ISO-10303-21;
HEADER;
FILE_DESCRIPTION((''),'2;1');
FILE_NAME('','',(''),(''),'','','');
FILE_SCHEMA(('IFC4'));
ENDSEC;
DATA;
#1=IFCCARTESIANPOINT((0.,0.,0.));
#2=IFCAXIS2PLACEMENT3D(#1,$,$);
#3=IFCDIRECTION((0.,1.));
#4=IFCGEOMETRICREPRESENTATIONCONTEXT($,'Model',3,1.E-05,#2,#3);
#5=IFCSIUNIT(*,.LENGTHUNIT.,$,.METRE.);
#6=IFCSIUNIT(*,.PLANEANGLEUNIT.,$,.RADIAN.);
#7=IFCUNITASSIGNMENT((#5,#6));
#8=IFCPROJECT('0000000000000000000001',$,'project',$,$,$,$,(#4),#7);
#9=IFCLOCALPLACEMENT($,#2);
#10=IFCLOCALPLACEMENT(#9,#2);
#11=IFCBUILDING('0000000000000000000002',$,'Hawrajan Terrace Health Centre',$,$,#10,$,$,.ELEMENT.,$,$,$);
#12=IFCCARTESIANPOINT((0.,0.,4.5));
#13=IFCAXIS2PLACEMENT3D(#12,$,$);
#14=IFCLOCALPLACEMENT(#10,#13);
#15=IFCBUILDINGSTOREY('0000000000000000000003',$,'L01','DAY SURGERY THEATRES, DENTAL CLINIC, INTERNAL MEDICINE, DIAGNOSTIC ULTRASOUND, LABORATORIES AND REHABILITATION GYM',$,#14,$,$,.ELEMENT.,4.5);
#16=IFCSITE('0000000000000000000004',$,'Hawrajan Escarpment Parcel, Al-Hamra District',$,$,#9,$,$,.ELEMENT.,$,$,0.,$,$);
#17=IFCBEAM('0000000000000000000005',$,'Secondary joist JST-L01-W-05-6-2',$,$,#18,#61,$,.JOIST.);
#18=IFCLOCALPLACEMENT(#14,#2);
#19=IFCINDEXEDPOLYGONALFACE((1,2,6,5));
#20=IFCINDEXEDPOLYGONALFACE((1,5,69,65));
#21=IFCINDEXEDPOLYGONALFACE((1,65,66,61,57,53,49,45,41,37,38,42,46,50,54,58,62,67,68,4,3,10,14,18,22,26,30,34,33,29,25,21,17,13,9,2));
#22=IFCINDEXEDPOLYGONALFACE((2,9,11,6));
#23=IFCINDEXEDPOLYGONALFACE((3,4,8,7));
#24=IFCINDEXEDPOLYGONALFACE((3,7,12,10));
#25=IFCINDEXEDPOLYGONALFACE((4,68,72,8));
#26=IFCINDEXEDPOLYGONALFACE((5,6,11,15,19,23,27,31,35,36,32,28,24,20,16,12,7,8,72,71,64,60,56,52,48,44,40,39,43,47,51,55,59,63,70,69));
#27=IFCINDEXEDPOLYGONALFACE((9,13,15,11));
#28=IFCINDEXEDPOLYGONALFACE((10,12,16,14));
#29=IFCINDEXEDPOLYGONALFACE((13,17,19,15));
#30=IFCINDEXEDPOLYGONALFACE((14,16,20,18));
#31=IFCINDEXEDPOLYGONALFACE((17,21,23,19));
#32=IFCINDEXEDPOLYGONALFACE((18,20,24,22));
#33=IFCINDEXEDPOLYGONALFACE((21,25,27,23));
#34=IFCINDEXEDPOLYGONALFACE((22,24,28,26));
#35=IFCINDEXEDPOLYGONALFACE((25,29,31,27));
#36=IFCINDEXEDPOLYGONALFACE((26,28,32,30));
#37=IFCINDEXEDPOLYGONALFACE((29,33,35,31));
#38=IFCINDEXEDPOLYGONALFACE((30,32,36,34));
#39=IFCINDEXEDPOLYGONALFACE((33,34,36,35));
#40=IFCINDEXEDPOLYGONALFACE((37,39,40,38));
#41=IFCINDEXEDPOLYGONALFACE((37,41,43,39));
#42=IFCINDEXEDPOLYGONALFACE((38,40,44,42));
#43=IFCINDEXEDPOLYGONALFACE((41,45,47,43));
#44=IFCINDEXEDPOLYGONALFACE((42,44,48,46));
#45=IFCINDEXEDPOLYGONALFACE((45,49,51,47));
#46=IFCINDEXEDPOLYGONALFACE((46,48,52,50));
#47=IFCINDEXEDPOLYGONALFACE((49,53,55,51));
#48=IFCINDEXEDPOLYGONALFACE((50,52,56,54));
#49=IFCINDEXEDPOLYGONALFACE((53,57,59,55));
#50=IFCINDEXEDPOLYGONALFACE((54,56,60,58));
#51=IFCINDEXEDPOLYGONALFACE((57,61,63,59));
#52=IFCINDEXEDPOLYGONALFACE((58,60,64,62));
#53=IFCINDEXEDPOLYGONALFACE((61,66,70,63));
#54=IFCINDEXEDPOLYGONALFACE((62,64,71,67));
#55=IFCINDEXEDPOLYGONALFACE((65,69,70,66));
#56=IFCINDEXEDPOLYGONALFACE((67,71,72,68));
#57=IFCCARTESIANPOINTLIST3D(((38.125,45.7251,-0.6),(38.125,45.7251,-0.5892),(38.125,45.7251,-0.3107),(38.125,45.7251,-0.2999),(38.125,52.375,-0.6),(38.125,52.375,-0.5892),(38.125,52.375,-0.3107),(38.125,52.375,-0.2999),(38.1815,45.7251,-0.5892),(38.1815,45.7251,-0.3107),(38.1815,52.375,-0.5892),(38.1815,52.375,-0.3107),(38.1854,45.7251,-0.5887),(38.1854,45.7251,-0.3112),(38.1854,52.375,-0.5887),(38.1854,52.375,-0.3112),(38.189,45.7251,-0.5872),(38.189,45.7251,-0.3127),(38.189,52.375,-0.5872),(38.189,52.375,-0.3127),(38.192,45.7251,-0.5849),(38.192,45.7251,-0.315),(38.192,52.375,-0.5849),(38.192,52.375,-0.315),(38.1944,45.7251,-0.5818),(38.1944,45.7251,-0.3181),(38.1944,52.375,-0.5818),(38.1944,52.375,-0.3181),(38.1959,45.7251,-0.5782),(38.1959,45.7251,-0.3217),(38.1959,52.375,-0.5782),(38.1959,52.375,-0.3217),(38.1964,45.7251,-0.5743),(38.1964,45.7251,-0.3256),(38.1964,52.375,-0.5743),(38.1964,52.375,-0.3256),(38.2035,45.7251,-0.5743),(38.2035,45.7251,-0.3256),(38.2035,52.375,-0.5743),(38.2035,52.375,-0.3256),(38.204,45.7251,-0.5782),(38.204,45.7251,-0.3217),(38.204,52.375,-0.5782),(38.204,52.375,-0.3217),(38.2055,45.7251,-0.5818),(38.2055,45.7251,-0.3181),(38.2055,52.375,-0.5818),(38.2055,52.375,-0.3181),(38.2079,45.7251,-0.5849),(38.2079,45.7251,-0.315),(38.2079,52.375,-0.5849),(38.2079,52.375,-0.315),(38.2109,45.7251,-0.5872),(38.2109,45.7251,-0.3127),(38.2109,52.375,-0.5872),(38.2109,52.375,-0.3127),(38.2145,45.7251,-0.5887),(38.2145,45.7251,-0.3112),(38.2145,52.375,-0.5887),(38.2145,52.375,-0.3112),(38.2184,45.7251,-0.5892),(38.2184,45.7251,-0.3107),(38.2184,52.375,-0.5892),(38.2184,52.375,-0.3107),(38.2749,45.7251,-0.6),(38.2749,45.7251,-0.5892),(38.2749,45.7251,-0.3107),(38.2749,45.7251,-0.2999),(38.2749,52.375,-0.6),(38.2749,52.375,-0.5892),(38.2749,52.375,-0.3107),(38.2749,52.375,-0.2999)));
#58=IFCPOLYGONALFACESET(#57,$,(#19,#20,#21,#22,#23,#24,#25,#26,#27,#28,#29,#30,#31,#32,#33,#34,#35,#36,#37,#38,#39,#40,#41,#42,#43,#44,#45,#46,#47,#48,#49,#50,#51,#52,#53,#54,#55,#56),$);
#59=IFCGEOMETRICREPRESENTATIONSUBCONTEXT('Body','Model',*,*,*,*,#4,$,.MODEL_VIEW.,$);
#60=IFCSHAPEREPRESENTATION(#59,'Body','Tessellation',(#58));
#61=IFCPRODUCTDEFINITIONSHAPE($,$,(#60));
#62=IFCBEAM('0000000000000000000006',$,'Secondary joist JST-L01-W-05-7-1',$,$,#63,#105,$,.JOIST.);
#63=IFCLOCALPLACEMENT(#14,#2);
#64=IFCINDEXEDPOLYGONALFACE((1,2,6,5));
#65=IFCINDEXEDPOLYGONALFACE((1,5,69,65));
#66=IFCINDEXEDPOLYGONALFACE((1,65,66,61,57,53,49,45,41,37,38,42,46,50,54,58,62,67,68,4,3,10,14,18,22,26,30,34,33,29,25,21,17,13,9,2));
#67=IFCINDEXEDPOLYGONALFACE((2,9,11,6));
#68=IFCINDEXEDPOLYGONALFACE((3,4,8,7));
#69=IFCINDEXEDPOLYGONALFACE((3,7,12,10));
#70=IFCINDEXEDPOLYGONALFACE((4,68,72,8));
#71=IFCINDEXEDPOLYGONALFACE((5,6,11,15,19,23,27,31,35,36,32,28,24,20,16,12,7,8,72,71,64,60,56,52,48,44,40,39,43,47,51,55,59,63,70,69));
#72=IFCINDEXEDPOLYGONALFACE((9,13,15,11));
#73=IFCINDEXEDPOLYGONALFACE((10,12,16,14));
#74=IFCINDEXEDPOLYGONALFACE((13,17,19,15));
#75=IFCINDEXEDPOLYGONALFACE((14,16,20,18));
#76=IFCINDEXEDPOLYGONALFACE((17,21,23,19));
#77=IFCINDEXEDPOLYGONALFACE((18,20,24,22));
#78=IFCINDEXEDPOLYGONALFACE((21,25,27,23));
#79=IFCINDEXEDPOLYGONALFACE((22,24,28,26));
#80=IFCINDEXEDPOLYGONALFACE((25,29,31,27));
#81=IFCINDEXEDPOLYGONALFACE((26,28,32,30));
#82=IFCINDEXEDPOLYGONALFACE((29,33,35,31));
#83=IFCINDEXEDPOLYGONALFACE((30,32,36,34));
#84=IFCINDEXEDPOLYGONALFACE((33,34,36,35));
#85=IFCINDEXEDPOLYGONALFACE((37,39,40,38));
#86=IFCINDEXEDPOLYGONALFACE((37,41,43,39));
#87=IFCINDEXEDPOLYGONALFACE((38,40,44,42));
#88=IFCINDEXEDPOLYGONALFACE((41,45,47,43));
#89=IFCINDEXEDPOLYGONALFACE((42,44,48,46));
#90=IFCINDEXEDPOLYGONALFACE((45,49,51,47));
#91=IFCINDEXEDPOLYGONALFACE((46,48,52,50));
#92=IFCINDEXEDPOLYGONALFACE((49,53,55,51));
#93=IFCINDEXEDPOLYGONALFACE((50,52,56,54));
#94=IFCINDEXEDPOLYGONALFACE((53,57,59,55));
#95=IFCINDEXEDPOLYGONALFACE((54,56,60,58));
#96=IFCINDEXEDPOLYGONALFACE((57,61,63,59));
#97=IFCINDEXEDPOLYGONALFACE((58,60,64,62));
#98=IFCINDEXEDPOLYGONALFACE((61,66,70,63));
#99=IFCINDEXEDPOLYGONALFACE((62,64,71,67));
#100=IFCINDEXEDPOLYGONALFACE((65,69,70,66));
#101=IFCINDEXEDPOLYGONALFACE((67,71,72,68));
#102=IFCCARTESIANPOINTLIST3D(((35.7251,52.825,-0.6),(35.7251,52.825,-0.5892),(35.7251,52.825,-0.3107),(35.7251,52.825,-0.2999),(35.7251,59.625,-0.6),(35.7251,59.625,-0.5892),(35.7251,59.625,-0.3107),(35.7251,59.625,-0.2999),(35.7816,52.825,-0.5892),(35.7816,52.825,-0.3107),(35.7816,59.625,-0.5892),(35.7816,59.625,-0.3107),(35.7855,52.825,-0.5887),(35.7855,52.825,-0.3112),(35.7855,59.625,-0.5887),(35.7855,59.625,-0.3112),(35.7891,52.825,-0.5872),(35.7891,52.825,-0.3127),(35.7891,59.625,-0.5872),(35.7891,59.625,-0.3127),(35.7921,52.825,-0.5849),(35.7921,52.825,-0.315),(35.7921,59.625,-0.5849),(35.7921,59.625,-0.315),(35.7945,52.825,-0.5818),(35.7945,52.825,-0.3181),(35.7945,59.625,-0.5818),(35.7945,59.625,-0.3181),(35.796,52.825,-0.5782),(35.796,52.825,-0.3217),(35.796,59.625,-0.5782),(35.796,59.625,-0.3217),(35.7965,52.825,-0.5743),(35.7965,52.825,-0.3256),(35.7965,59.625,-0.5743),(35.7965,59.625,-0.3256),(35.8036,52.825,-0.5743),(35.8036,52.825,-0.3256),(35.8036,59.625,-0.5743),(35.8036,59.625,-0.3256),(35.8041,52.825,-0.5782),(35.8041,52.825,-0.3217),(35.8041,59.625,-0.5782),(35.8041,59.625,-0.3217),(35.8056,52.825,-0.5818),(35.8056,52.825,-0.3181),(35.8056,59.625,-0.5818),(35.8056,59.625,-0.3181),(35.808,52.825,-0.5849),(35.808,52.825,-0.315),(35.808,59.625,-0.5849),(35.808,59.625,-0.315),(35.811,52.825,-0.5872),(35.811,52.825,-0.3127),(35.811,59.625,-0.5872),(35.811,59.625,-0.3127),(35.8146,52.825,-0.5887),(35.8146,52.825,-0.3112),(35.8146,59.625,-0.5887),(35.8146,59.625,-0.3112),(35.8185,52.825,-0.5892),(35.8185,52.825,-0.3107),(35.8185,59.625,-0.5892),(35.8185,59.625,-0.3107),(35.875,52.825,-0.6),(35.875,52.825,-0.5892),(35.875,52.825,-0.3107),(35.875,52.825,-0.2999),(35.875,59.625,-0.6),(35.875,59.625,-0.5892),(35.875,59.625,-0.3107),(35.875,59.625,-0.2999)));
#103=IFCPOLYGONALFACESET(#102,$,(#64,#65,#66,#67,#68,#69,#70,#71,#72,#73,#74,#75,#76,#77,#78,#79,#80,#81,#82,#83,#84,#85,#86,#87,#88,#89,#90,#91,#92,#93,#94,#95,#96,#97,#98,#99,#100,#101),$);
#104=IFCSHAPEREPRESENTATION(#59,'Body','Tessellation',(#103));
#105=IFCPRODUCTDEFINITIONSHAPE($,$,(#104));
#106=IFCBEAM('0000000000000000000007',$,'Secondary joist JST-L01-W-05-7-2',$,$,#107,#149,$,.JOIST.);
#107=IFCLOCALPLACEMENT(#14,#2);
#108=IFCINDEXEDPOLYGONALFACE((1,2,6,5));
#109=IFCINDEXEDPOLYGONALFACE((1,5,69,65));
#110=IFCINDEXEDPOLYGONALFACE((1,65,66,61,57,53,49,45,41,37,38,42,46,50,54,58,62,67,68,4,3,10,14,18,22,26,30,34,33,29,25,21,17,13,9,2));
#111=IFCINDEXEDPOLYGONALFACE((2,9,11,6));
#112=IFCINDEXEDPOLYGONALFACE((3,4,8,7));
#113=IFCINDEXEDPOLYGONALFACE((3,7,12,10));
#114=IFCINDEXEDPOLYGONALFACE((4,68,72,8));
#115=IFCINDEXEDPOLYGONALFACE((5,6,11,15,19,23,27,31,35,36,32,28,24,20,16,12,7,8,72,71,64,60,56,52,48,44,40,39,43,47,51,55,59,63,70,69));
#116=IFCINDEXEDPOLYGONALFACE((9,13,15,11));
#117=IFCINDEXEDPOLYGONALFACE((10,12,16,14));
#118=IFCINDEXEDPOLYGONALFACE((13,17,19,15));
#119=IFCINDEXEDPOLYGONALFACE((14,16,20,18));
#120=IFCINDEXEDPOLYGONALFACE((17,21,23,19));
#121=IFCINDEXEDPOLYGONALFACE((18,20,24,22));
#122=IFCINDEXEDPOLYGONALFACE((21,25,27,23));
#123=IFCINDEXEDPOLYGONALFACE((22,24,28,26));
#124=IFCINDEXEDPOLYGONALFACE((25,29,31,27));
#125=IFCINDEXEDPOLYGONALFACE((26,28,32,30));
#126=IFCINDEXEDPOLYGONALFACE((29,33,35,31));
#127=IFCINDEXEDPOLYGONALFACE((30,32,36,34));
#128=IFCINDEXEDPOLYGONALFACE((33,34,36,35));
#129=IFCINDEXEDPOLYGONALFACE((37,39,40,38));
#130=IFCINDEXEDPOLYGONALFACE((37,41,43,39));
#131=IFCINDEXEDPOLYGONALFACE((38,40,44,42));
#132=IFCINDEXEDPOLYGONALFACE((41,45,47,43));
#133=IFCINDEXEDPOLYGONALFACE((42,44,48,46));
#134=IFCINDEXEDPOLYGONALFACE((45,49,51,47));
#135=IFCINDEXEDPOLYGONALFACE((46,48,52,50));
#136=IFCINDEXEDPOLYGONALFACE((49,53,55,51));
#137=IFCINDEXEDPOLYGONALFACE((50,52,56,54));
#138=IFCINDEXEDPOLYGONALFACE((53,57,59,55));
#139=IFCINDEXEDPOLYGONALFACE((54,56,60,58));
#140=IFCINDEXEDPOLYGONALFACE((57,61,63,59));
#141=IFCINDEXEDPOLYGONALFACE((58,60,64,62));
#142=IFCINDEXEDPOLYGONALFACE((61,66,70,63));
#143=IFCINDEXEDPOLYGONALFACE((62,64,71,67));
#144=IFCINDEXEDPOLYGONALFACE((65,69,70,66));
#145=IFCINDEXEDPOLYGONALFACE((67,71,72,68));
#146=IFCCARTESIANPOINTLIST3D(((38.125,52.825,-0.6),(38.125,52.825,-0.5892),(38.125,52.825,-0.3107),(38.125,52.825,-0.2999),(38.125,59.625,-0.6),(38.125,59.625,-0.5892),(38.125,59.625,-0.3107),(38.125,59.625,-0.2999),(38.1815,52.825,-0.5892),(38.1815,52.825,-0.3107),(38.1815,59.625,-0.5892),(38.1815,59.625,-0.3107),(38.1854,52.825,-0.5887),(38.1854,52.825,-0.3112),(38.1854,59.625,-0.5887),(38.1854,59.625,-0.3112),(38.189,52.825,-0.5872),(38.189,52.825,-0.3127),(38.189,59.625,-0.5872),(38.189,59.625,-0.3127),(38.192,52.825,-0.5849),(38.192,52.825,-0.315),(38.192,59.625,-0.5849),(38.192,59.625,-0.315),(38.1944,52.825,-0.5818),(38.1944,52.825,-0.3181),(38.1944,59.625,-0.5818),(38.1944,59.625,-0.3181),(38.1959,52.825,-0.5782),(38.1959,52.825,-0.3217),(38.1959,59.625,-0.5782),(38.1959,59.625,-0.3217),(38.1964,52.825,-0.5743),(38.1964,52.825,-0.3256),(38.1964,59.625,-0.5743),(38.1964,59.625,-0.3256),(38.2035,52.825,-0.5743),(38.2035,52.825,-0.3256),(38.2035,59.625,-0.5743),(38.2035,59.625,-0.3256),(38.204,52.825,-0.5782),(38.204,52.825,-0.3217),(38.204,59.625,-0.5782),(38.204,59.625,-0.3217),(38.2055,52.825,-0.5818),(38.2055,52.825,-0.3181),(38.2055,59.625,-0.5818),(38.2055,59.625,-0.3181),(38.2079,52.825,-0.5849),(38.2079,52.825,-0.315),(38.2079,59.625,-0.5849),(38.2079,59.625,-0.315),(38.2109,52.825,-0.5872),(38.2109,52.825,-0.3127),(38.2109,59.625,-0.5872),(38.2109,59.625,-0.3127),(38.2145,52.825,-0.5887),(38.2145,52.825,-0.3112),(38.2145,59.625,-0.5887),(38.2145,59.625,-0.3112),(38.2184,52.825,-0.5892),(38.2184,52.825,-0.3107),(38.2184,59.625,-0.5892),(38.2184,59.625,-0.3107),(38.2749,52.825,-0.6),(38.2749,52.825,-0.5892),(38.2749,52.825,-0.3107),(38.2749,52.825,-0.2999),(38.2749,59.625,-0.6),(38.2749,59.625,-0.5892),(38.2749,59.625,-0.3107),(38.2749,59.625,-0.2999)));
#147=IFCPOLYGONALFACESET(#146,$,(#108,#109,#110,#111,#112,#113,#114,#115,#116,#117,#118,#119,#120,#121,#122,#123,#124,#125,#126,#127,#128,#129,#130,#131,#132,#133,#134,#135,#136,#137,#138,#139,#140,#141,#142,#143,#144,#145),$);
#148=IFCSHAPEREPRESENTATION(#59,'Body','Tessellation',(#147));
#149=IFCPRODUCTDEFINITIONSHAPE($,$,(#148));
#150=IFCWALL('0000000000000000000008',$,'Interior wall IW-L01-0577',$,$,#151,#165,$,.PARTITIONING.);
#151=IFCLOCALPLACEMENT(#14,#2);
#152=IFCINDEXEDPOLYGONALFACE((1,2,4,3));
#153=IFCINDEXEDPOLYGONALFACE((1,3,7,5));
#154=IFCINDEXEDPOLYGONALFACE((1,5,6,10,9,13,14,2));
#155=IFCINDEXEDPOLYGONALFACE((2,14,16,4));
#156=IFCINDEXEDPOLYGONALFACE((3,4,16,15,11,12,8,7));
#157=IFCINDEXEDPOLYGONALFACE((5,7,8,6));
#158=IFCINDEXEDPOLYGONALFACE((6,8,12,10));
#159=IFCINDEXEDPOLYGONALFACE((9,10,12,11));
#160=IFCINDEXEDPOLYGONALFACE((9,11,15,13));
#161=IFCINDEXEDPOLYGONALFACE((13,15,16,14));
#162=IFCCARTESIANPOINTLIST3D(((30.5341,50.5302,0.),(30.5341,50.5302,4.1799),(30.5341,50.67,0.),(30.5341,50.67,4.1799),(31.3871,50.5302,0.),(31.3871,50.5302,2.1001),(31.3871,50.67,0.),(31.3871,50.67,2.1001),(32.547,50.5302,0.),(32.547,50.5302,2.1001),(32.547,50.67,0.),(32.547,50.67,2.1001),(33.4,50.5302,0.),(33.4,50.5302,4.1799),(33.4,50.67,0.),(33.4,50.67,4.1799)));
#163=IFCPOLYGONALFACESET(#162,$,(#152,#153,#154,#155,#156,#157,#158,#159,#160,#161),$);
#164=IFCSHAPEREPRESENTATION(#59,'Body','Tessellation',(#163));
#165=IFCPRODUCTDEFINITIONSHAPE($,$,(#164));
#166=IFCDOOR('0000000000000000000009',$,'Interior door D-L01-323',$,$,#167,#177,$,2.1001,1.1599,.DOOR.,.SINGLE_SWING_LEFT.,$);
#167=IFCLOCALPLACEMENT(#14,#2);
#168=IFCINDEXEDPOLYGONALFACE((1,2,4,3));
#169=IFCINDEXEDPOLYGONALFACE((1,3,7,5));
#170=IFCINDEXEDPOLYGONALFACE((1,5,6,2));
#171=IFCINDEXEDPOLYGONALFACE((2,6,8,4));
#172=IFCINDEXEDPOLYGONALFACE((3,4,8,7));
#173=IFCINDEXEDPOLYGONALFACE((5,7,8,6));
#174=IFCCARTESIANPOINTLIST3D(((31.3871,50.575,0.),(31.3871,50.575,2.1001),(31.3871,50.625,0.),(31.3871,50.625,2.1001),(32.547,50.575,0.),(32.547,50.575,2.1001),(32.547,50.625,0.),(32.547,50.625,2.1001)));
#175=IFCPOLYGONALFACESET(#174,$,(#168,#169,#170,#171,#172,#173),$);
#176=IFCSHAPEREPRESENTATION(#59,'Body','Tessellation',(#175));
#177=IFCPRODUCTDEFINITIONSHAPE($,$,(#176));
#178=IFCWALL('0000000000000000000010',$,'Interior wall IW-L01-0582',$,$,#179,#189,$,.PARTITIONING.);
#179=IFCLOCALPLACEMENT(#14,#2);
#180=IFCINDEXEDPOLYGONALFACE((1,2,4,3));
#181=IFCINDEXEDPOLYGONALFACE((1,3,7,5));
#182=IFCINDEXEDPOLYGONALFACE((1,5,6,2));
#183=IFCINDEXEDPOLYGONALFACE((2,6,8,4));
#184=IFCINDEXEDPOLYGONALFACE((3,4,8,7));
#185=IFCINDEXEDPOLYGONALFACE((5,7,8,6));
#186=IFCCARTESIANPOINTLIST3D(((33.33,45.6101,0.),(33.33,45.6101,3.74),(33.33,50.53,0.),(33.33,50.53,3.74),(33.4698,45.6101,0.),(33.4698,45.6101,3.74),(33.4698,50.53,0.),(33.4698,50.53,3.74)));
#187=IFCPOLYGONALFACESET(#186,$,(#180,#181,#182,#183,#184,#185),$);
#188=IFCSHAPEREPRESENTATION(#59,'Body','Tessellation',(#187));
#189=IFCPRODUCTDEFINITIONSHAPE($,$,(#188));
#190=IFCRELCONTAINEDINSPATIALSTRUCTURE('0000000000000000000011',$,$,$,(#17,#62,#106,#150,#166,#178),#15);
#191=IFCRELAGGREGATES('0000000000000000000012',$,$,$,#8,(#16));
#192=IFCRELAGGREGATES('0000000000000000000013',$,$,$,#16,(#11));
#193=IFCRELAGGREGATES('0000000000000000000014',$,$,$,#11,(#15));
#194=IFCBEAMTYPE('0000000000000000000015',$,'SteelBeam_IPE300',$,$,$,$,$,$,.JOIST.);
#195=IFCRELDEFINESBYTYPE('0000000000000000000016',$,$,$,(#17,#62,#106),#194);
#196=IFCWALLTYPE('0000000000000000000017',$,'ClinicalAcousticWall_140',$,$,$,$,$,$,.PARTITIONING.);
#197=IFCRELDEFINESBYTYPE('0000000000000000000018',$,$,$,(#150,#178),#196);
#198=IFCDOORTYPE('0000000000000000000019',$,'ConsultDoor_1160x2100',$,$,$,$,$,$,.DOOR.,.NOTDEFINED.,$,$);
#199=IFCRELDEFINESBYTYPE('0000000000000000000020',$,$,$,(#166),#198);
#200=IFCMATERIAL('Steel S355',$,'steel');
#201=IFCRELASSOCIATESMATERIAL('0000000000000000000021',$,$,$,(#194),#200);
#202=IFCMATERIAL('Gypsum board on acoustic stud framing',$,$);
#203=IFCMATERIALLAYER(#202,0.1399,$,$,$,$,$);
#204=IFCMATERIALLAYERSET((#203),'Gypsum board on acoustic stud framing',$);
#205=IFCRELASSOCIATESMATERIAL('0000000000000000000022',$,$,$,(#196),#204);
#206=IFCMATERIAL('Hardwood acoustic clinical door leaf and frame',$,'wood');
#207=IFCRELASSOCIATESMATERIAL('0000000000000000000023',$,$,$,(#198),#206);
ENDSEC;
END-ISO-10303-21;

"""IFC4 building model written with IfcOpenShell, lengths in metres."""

from ifc_helpers import new_model, si_unit, direction, frame, frame_2d, origin, origin_2d, place, context, subcontext, project, spatial, rectangle, i_section, extrude, material, layer, layer_set, material_profile, profile_set, type_object, element, fill, save


model = new_model("IFC4")

# Units and contexts
model_context = context("Model", 3, precision=1e-05, world=origin(), true_north=direction((0.0, 1.0)))
body_context = subcontext(model_context, "Body", "Model", "MODEL_VIEW")
ifc_project = project(units=[si_unit("LENGTHUNIT", "METRE"), si_unit("PLANEANGLEUNIT", "RADIAN")], contexts=[model_context])

# Site, building, storey
site_placement = place(None, origin())
site = spatial("IfcSite", under=ifc_project, at=site_placement, Name="Hawrajan Escarpment Parcel, Al-Hamra District", CompositionType="ELEMENT", RefElevation=0.0)
building_placement = place(site_placement, origin())
building = spatial("IfcBuilding", under=site, at=building_placement, Name="Hawrajan Terrace Health Centre", CompositionType="ELEMENT")
storey_placement = place(building_placement, frame((0.0, 0.0, 4.5)))
storey = spatial("IfcBuildingStorey", under=building, at=storey_placement, Name="L01", Description="DAY SURGERY THEATRES, DENTAL CLINIC, INTERNAL MEDICINE, DIAGNOSTIC ULTRASOUND, LABORATORIES AND REHABILITATION GYM", CompositionType="ELEMENT", Elevation=4.5)

# Beams
ifc_material_1 = material(Name="Steel S355", Category="steel")
ifc_material_profile_1 = material_profile(ifc_material_1, i_section(OverallWidth=0.1499, OverallDepth=0.3, WebThickness=0.0071, FlangeThickness=0.0107, FilletRadius=0.0149, at=origin_2d()), Name="IPE 300")
ifc_profile_set_1 = profile_set([ifc_material_profile_1], Name="Steel S355")
beam_type_1 = type_object("IfcBeamType", Name="SteelBeam_IPE300", PredefinedType="JOIST", material=ifc_profile_set_1)
for number, where, z_axis, x_axis, name in (
    (1, (38.2, 45.7251, -0.45), (0.0, 1.0, 0.0), (-1.0, 0.0, 0.0), "Secondary joist JST-L01-W-05-6-2"),
):
    element("IfcBeam", number, at=place(storey_placement, frame(where, z_axis=z_axis, x_axis=x_axis)), inside=storey, type_object=beam_type_1, Name=name, PredefinedType="JOIST", context=body_context, shape_type="SweptSolid", body=[
        extrude(i_section(OverallWidth=0.1499, OverallDepth=0.3, WebThickness=0.0071, FlangeThickness=0.0107, FilletRadius=0.0149, at=origin_2d()), origin(), (0.0, 0.0, 1.0), 6.6499),
    ])
for number, where, z_axis, x_axis, name in (
    (2, (35.8, 52.825, -0.45), (0.0, 1.0, 0.0), (-1.0, 0.0, 0.0), "Secondary joist JST-L01-W-05-7-1"),
    (3, (38.2, 52.825, -0.45), (0.0, 1.0, 0.0), (-1.0, 0.0, 0.0), "Secondary joist JST-L01-W-05-7-2"),
):
    element("IfcBeam", number, at=place(storey_placement, frame(where, z_axis=z_axis, x_axis=x_axis)), inside=storey, type_object=beam_type_1, Name=name, PredefinedType="JOIST", context=body_context, shape_type="SweptSolid", body=[
        extrude(i_section(OverallWidth=0.1499, OverallDepth=0.3, WebThickness=0.0071, FlangeThickness=0.0107, FilletRadius=0.0149, at=origin_2d()), origin(), (0.0, 0.0, 1.0), 6.8),
    ])

# Wall, opening, door
ifc_material_2 = material(Name="Gypsum board on acoustic stud framing")
ifc_layer_1 = layer(ifc_material_2, 0.1399)
ifc_layer_set_1 = layer_set([ifc_layer_1], Name="Gypsum board on acoustic stud framing")
wall_type_1 = type_object("IfcWallType", Name="ClinicalAcousticWall_140", PredefinedType="PARTITIONING", material=ifc_layer_set_1)
wall_1_placement = place(storey_placement, frame((30.5339, 50.6001, 0.0), z_axis=(0.0, 0.0, 1.0), x_axis=(1.0, 0.0, 0.0)))
wall_1 = element("IfcWall", 4, at=wall_1_placement, inside=storey, type_object=wall_type_1, Name="Interior wall IW-L01-0577", PredefinedType="PARTITIONING", context=body_context, shape_type="SweptSolid", body=[
    extrude(rectangle(XDim=2.866, YDim=0.1399, at=frame_2d((1.4331, 0.0))), origin(), (0.0, 0.0, 1.0), 4.1799),
])
opening_1_placement = place(wall_1_placement, frame((0.853, 0.0, 0.0)))
opening_1 = element("IfcOpeningElement", 5, at=opening_1_placement, cuts=wall_1, PredefinedType="OPENING", context=body_context, shape_type="SweptSolid", body=[
    extrude(rectangle(XDim=1.1599, YDim=2.1001, at=frame_2d((0.5801, 1.05))), frame((0.0, 0.0798, 0.0), z_axis=(0.0, -1.0, 0.0), x_axis=(1.0, 0.0, 0.0)), (0.0, 0.0, 1.0), 0.1599),
])
ifc_material_3 = material(Name="Hardwood acoustic clinical door leaf and frame", Category="wood")
door_type_1 = type_object("IfcDoorType", Name="ConsultDoor_1160x2100", OperationType="NOTDEFINED", PredefinedType="DOOR", material=ifc_material_3)
door_1_placement = place(opening_1_placement, origin())
door_1 = element("IfcDoor", 6, at=door_1_placement, inside=storey, type_object=door_type_1, Name="Interior door D-L01-323", OperationType="SINGLE_SWING_LEFT", OverallHeight=2.1001, OverallWidth=1.1599, PredefinedType="DOOR", context=body_context, shape_type="SweptSolid", body=[
    extrude(rectangle(XDim=1.1599, YDim=2.1001, at=frame_2d((0.5801, 1.05))), frame((0.0, 0.0249, 0.0), z_axis=(0.0, -1.0, 0.0), x_axis=(1.0, 0.0, 0.0)), (0.0, 0.0, 1.0), 0.05),
])
fill(opening_1, door_1)

# Wall
wall_2_placement = place(storey_placement, frame((33.3999, 45.6101, 0.0), z_axis=(0.0, 0.0, 1.0), x_axis=(0.0, 1.0, 0.0)))
element("IfcWall", 7, at=wall_2_placement, inside=storey, type_object=wall_type_1, Name="Interior wall IW-L01-0582", PredefinedType="PARTITIONING", context=body_context, shape_type="SweptSolid", body=[
    extrude(rectangle(XDim=4.9199, YDim=0.1399, at=frame_2d((2.46, 0.0))), origin(), (0.0, 0.0, 1.0), 3.74),
])

save(model, "model.ifc")
